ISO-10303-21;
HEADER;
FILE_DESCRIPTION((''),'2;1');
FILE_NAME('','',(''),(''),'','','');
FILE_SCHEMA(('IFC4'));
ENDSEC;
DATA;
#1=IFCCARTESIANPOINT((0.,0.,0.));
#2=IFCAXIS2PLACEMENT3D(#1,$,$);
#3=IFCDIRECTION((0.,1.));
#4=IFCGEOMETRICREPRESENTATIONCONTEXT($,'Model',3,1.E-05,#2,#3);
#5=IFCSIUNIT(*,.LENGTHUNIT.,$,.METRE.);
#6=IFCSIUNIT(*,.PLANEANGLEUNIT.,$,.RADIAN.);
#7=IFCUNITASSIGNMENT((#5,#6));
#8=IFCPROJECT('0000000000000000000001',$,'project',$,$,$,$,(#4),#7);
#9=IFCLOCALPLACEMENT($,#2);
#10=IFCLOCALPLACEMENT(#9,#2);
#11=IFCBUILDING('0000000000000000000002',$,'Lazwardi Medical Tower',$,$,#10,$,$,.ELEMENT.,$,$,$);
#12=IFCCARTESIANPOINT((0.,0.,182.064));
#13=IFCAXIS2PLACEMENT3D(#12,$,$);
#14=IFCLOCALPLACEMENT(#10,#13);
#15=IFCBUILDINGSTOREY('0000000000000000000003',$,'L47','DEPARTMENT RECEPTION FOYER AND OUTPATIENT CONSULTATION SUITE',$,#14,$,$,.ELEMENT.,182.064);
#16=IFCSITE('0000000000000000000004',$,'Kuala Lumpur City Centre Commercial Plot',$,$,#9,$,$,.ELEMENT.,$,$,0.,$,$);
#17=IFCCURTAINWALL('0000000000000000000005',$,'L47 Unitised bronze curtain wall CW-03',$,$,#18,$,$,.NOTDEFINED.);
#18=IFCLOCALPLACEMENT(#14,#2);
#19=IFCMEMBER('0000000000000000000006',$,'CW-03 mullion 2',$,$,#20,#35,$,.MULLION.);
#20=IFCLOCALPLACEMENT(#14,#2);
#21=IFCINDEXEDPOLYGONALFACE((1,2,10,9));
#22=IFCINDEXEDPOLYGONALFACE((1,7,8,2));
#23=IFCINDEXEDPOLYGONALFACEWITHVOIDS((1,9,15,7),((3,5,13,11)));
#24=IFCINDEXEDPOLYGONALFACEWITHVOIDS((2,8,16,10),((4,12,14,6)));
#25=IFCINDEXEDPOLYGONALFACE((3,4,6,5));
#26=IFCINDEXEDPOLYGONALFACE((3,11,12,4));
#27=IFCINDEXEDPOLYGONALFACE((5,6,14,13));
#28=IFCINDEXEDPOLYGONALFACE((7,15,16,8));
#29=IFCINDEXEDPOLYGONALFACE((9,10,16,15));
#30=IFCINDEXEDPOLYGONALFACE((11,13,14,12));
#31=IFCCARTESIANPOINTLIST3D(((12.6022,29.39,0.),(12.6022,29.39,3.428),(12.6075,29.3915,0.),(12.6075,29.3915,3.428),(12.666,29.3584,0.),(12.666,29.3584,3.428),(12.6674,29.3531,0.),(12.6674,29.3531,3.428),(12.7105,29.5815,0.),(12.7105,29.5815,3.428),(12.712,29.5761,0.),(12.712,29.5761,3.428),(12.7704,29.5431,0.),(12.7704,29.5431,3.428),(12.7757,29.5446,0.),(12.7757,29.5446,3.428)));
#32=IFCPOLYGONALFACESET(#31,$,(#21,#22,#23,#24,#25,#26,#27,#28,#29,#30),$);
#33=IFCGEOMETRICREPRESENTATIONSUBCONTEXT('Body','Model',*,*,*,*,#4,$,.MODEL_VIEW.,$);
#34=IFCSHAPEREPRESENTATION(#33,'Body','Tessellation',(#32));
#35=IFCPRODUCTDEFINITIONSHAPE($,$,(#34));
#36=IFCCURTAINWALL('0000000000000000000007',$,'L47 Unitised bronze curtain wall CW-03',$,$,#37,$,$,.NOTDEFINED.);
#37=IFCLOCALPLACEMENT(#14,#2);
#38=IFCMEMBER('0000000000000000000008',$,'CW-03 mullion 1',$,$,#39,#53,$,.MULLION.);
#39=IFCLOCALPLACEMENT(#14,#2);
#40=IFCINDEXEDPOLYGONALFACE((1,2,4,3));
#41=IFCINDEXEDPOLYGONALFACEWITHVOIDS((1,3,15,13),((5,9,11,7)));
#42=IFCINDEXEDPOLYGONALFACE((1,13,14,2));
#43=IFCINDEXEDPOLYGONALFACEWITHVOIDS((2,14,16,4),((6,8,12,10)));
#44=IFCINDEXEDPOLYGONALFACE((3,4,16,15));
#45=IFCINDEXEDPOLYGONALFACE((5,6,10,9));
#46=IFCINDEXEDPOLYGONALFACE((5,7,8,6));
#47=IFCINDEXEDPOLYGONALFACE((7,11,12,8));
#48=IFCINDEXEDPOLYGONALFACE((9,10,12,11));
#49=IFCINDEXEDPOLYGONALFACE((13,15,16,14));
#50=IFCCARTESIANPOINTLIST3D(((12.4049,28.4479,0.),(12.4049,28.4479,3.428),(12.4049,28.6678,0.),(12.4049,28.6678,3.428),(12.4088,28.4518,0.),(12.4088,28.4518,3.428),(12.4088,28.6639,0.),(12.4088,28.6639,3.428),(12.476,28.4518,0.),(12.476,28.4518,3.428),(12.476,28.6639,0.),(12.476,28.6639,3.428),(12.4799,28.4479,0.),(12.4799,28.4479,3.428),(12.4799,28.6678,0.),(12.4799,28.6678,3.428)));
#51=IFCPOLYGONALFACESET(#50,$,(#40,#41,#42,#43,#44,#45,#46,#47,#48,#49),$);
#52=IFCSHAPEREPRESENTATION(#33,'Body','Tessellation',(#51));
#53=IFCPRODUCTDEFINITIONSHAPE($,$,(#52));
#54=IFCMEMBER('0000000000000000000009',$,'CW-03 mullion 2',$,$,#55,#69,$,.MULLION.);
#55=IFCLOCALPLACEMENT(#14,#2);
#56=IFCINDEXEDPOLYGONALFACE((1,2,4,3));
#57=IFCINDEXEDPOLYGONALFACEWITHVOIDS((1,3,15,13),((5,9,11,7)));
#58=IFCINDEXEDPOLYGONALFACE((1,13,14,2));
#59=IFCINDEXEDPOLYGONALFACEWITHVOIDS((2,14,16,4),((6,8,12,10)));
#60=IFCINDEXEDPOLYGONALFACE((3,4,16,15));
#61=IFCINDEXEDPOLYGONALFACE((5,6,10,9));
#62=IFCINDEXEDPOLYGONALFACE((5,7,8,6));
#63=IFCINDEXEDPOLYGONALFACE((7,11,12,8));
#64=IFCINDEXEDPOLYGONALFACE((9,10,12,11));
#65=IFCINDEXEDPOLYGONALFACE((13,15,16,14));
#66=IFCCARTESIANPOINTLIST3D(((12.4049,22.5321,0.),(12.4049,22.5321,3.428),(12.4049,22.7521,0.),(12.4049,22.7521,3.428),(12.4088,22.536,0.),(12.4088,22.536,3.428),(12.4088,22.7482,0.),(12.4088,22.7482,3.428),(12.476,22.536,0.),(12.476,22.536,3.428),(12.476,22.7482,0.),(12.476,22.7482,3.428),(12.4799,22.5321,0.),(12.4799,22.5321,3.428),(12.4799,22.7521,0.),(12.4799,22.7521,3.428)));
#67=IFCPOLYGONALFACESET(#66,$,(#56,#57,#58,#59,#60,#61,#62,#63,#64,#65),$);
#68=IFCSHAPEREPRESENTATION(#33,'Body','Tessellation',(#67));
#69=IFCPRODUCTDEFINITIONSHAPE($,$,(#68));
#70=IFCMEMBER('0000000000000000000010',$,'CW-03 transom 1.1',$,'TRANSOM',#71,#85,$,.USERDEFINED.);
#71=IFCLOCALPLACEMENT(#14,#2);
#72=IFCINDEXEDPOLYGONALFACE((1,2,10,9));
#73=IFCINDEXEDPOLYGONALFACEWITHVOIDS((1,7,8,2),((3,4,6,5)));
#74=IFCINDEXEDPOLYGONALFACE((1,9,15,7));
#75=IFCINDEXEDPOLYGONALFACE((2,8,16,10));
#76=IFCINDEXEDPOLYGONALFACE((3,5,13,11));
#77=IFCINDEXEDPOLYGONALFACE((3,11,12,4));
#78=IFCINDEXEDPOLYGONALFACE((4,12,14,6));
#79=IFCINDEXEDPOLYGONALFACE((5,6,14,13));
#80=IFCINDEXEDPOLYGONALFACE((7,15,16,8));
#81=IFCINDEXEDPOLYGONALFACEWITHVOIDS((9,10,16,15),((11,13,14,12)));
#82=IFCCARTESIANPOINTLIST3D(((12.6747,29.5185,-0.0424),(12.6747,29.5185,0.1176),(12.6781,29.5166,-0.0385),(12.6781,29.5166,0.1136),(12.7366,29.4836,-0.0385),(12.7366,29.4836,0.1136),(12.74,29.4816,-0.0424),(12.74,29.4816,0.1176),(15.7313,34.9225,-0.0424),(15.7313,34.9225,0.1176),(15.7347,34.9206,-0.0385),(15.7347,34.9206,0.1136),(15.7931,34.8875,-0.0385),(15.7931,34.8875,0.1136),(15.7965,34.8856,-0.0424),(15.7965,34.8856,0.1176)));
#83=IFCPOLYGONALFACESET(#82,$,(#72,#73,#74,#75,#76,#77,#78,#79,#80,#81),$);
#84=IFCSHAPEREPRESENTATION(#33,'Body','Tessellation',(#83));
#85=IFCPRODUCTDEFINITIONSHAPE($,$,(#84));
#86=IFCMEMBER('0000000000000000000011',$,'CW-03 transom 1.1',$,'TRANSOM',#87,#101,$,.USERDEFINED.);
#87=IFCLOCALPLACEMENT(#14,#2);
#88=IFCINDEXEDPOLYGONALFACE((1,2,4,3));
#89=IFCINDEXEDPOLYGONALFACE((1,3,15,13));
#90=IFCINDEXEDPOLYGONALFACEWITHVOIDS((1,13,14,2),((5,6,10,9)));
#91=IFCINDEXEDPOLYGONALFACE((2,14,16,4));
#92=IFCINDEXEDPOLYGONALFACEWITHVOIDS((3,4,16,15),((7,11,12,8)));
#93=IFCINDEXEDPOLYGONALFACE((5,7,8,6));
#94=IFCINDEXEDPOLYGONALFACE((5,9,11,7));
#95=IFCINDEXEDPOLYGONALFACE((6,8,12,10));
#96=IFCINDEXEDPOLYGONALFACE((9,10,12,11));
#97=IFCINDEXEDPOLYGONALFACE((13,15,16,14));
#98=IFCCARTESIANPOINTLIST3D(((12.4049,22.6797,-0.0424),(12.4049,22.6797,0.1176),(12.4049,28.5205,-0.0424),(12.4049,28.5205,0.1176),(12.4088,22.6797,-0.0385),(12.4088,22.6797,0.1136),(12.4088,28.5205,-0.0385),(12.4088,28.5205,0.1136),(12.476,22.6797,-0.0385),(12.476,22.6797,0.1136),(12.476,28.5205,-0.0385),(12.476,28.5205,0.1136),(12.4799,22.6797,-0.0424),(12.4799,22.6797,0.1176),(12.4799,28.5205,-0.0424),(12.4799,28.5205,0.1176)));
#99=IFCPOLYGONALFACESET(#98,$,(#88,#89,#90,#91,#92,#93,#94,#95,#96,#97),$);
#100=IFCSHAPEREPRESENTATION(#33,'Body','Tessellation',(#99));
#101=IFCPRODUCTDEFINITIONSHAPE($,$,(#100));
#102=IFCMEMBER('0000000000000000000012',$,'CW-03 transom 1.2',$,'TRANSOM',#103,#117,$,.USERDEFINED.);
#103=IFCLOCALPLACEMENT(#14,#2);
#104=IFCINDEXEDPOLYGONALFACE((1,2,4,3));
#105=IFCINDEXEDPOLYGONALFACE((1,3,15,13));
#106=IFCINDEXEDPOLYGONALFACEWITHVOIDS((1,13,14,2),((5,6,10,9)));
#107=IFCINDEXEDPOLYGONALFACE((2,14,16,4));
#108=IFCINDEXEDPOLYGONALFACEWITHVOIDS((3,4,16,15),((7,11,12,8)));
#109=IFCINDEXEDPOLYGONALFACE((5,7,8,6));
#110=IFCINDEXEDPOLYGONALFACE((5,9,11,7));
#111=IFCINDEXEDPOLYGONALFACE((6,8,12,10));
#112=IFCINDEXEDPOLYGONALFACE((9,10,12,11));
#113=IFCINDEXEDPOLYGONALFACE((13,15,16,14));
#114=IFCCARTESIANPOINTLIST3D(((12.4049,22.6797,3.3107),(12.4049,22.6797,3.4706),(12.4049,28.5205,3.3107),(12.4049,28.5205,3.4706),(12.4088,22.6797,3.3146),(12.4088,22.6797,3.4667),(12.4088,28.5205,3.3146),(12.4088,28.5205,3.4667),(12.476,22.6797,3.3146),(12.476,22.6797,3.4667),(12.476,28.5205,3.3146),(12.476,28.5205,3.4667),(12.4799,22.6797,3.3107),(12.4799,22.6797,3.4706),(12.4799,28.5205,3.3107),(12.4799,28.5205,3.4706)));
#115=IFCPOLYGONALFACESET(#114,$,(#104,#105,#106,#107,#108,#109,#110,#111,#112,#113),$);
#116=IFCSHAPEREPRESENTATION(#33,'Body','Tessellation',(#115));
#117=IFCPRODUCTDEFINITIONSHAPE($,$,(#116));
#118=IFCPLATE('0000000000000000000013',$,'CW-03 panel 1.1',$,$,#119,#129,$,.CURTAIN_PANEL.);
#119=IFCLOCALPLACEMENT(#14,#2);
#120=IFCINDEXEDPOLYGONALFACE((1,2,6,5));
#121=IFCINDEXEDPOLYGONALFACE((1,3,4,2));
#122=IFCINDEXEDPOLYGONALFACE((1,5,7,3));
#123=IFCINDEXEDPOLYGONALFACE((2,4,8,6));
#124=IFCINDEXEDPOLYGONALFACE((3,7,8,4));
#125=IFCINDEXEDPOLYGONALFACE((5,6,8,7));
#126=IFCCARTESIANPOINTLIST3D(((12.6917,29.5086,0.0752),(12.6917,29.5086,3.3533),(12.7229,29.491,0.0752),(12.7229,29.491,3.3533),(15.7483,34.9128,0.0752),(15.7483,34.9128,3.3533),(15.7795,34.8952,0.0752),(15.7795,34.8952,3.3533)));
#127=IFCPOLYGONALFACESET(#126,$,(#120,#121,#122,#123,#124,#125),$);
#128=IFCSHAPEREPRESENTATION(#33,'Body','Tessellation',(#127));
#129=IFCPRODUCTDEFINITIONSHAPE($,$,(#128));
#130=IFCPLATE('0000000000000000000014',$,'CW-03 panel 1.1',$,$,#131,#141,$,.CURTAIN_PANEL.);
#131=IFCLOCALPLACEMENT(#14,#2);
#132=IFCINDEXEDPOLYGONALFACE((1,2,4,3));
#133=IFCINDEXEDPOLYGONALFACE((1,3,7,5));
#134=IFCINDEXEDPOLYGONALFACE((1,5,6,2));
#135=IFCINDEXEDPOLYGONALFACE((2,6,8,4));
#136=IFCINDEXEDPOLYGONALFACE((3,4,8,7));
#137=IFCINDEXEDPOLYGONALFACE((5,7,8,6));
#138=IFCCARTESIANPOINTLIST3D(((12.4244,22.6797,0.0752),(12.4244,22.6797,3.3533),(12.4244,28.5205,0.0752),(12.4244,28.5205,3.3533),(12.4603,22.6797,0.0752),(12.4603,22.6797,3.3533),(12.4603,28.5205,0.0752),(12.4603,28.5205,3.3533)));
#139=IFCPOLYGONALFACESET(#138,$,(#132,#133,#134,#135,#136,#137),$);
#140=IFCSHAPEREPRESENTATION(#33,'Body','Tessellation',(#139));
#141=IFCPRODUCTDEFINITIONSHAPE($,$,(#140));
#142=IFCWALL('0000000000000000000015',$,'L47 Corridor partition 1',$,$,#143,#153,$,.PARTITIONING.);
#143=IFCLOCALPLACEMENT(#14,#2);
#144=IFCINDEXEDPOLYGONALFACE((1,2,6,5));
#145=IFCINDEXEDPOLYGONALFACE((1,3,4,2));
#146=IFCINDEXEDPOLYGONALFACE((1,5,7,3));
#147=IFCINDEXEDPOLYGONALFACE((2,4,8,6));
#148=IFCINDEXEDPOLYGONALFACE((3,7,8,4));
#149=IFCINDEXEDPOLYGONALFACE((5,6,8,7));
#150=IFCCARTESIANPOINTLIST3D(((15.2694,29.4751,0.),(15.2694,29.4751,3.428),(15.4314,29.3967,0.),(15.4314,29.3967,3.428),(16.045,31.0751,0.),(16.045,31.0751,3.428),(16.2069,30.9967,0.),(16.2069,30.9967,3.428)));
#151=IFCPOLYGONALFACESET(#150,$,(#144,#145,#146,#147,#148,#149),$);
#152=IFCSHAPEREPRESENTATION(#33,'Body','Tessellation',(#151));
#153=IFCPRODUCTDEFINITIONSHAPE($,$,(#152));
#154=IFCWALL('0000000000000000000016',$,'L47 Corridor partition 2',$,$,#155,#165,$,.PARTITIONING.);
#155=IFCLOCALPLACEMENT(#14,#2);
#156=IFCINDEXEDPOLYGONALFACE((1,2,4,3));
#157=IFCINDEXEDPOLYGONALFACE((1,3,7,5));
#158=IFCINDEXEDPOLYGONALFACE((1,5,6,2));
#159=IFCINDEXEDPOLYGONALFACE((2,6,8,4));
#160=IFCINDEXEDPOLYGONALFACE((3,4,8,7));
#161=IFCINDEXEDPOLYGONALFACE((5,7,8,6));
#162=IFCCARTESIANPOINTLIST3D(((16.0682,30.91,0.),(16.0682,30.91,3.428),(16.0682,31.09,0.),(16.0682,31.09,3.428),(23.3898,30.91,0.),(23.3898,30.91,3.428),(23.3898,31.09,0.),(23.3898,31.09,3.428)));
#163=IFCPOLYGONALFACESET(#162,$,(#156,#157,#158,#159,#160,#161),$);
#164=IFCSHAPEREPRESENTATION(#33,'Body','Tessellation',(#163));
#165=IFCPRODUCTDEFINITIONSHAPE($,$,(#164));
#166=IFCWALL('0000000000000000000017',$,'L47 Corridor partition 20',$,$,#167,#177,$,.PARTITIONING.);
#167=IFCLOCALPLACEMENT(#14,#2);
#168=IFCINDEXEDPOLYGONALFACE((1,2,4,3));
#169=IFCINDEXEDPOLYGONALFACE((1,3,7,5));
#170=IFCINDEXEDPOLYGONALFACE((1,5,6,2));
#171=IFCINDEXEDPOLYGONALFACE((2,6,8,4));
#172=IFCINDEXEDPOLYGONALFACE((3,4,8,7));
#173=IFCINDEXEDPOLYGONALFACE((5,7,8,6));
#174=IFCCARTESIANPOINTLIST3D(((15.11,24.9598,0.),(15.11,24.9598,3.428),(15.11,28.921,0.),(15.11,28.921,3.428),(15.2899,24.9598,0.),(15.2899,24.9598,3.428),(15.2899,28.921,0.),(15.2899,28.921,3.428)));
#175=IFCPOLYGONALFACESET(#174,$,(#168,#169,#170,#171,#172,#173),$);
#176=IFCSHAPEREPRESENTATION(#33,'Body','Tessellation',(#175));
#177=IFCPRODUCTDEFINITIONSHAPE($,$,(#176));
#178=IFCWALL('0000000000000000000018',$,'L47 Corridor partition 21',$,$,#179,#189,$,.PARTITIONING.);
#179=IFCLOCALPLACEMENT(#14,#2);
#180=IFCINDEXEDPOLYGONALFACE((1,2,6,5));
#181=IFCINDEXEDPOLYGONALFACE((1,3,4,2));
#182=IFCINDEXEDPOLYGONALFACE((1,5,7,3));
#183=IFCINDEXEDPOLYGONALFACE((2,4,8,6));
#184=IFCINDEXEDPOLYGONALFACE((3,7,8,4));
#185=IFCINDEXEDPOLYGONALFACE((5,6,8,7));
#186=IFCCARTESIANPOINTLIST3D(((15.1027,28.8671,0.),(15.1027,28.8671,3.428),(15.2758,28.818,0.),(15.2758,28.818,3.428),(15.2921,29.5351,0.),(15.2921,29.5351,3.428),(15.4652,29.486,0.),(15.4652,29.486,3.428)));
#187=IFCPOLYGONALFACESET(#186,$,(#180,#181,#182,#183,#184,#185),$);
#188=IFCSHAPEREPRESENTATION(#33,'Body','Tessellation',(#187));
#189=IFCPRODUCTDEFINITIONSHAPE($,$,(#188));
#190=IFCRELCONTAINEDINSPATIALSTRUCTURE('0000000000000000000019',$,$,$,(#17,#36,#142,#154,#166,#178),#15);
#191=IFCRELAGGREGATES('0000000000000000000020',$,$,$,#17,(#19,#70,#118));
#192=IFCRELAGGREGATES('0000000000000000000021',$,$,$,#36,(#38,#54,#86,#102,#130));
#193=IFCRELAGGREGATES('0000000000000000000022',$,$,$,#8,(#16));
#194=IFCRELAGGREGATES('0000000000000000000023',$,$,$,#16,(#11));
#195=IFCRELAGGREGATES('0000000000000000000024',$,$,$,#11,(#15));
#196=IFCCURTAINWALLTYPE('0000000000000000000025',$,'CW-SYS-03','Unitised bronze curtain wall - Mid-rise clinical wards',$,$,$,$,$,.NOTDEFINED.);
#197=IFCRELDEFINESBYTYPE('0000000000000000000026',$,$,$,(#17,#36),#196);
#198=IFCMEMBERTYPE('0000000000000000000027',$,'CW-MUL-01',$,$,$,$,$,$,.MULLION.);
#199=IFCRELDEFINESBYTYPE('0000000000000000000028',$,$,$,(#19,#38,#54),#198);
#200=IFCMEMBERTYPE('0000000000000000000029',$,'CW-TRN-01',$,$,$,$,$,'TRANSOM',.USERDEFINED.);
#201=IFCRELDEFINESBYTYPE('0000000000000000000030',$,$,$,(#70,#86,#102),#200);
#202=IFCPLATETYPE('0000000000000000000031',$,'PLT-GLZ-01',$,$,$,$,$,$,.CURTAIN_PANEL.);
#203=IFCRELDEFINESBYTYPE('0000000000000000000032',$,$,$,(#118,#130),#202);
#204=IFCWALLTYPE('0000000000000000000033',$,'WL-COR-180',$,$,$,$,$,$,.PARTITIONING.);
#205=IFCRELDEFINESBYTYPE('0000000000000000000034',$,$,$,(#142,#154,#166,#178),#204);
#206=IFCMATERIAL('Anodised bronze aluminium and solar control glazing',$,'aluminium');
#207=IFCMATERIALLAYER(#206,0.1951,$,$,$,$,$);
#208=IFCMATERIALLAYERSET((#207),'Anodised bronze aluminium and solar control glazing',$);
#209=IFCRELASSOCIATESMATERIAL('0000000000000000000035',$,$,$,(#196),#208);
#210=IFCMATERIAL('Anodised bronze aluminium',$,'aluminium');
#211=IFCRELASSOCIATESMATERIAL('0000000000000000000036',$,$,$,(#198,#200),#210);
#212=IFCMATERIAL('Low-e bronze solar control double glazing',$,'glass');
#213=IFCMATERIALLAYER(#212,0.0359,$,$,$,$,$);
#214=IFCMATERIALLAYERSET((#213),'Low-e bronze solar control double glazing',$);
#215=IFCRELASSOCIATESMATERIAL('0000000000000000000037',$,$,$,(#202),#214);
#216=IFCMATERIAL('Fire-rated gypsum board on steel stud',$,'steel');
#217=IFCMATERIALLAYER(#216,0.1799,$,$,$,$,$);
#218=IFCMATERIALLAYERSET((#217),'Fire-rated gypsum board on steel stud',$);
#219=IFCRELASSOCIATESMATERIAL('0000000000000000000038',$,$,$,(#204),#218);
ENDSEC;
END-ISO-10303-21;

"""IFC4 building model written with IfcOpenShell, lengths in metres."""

from ifc_helpers import new_model, si_unit, direction, frame, frame_2d, origin, origin_2d, place, context, subcontext, project, spatial, rectangle, hollow_rectangle, extrude, material, layer, layer_set, material_profile, profile_set, type_object, element, aggregate, save


model = new_model("IFC4")

# Units and contexts
model_context = context("Model", 3, precision=1e-05, world=origin(), true_north=direction((0.0, 1.0)))
body_context = subcontext(model_context, "Body", "Model", "MODEL_VIEW")
ifc_project = project(units=[si_unit("LENGTHUNIT", "METRE"), si_unit("PLANEANGLEUNIT", "RADIAN")], contexts=[model_context])

# Site, building, storey
site_placement = place(None, origin())
site = spatial("IfcSite", under=ifc_project, at=site_placement, Name="Kuala Lumpur City Centre Commercial Plot", CompositionType="ELEMENT", RefElevation=0.0)
building_placement = place(site_placement, origin())
building = spatial("IfcBuilding", under=site, at=building_placement, Name="Lazwardi Medical Tower", CompositionType="ELEMENT")
storey_placement = place(building_placement, frame((0.0, 0.0, 182.064)))
storey = spatial("IfcBuildingStorey", under=building, at=storey_placement, Name="L47", Description="DEPARTMENT RECEPTION FOYER AND OUTPATIENT CONSULTATION SUITE", CompositionType="ELEMENT", Elevation=182.064)

# Curtain wall, member
ifc_material_1 = material(Name="Anodised bronze aluminium and solar control glazing", Category="aluminium")
ifc_layer_1 = layer(ifc_material_1, 0.1951)
ifc_layer_set_1 = layer_set([ifc_layer_1], Name="Anodised bronze aluminium and solar control glazing")
curtain_wall_type = type_object("IfcCurtainWallType", Name="CW-SYS-03", Description="Unitised bronze curtain wall - Mid-rise clinical wards", PredefinedType="NOTDEFINED", material=ifc_layer_set_1)
curtain_wall_1_placement = place(storey_placement, origin())
curtain_wall_1 = element("IfcCurtainWall", 1, at=curtain_wall_1_placement, inside=storey, type_object=curtain_wall_type, Name="L47 Unitised bronze curtain wall CW-03", PredefinedType="NOTDEFINED")
ifc_material_2 = material(Name="Anodised bronze aluminium", Category="aluminium")
ifc_material_profile_1 = material_profile(ifc_material_2, hollow_rectangle(XDim=0.075, YDim=0.22, WallThickness=0.0039, at=origin_2d()), Name="ALU-MULLION 220x75x4")
ifc_profile_set_1 = profile_set([ifc_material_profile_1], Name="Anodised bronze aluminium")
member_type_1 = type_object("IfcMemberType", Name="CW-MUL-01", PredefinedType="MULLION", material=ifc_profile_set_1)
member_1_placement = place(storey_placement, frame((12.689, 29.4673, 0.0), z_axis=(0.0, 0.0, 1.0), x_axis=(0.870419, -0.492312, 0.0)))
member_1 = element("IfcMember", 2, at=member_1_placement, type_object=member_type_1, Name="CW-03 mullion 2", PredefinedType="MULLION", context=body_context, shape_type="SweptSolid", body=[
    extrude(hollow_rectangle(XDim=0.075, YDim=0.22, WallThickness=0.0039, at=origin_2d()), origin(), (0.0, 0.0, 1.0), 3.428),
])

# Curtain wall, members
curtain_wall_2_placement = place(storey_placement, origin())
curtain_wall_2 = element("IfcCurtainWall", 3, at=curtain_wall_2_placement, inside=storey, type_object=curtain_wall_type, Name="L47 Unitised bronze curtain wall CW-03", PredefinedType="NOTDEFINED")
member_2_placement = place(storey_placement, frame((12.4424, 28.5579, 0.0), z_axis=(0.0, 0.0, 1.0), x_axis=(1.0, 0.0, 0.0)))
member_2 = element("IfcMember", 4, at=member_2_placement, type_object=member_type_1, Name="CW-03 mullion 1", PredefinedType="MULLION", context=body_context, shape_type="SweptSolid", body=[
    extrude(hollow_rectangle(XDim=0.075, YDim=0.22, WallThickness=0.0039, at=origin_2d()), origin(), (0.0, 0.0, 1.0), 3.428),
])
member_3_placement = place(storey_placement, frame((12.4424, 22.6421, 0.0), z_axis=(0.0, 0.0, 1.0), x_axis=(1.0, 0.0, 0.0)))
member_3 = element("IfcMember", 5, at=member_3_placement, type_object=member_type_1, Name="CW-03 mullion 2", PredefinedType="MULLION", context=body_context, shape_type="SweptSolid", body=[
    extrude(hollow_rectangle(XDim=0.075, YDim=0.22, WallThickness=0.0039, at=origin_2d()), origin(), (0.0, 0.0, 1.0), 3.428),
])

# Members
ifc_material_profile_2 = material_profile(ifc_material_2, hollow_rectangle(XDim=0.075, YDim=0.1599, WallThickness=0.0039, at=origin_2d()), Name="ALU-TRANSOM 160x75x4")
ifc_profile_set_2 = profile_set([ifc_material_profile_2], Name="Anodised bronze aluminium")
member_type_2 = type_object("IfcMemberType", Name="CW-TRN-01", ElementType="TRANSOM", PredefinedType="USERDEFINED", material=ifc_profile_set_2)
member_4_placement = place(storey_placement, frame((15.7639, 34.9041, 0.0376), z_axis=(-0.492323, -0.870413, 0.0), x_axis=(0.870413, -0.492323, 0.0)))
member_4 = element("IfcMember", 6, at=member_4_placement, type_object=member_type_2, Name="CW-03 transom 1.1", ObjectType="TRANSOM", PredefinedType="USERDEFINED", context=body_context, shape_type="SweptSolid", body=[
    extrude(hollow_rectangle(XDim=0.075, YDim=0.1599, WallThickness=0.0039, at=origin_2d()), origin(), (0.0, 0.0, 1.0), 6.2085),
])
member_5_placement = place(storey_placement, frame((12.4424, 28.5205, 0.0376), z_axis=(0.0, -1.0, 0.0), x_axis=(1.0, 0.0, 0.0)))
member_5 = element("IfcMember", 7, at=member_5_placement, type_object=member_type_2, Name="CW-03 transom 1.1", ObjectType="TRANSOM", PredefinedType="USERDEFINED", context=body_context, shape_type="SweptSolid", body=[
    extrude(hollow_rectangle(XDim=0.075, YDim=0.1599, WallThickness=0.0039, at=origin_2d()), origin(), (0.0, 0.0, 1.0), 5.8408),
])
member_6_placement = place(storey_placement, frame((12.4424, 28.5205, 3.3906), z_axis=(0.0, -1.0, 0.0), x_axis=(1.0, 0.0, 0.0)))
member_6 = element("IfcMember", 8, at=member_6_placement, type_object=member_type_2, Name="CW-03 transom 1.2", ObjectType="TRANSOM", PredefinedType="USERDEFINED", context=body_context, shape_type="SweptSolid", body=[
    extrude(hollow_rectangle(XDim=0.075, YDim=0.1599, WallThickness=0.0039, at=origin_2d()), origin(), (0.0, 0.0, 1.0), 5.8408),
])

# Plates
ifc_material_3 = material(Name="Low-e bronze solar control double glazing", Category="glass")
ifc_layer_2 = layer(ifc_material_3, 0.0359)
ifc_layer_set_2 = layer_set([ifc_layer_2], Name="Low-e bronze solar control double glazing")
plate_type = type_object("IfcPlateType", Name="PLT-GLZ-01", PredefinedType="CURTAIN_PANEL", material=ifc_layer_set_2)
plate_1_placement = place(storey_placement, frame((14.2356, 32.2019, 0.0752), z_axis=(0.0, 0.0, 1.0), x_axis=(-0.492312, -0.870419, 0.0)))
plate_1 = element("IfcPlate", 9, at=plate_1_placement, type_object=plate_type, Name="CW-03 panel 1.1", PredefinedType="CURTAIN_PANEL", context=body_context, shape_type="SweptSolid", body=[
    extrude(rectangle(XDim=6.2087, YDim=0.0359, at=origin_2d()), origin(), (0.0, 0.0, 1.0), 3.2781),
])
aggregate(curtain_wall_1, [member_1, member_4, plate_1])
plate_2_placement = place(storey_placement, frame((12.4424, 25.6001, 0.0752), z_axis=(0.0, 0.0, 1.0), x_axis=(0.0, -1.0, 0.0)))
plate_2 = element("IfcPlate", 10, at=plate_2_placement, type_object=plate_type, Name="CW-03 panel 1.1", PredefinedType="CURTAIN_PANEL", context=body_context, shape_type="SweptSolid", body=[
    extrude(rectangle(XDim=5.8408, YDim=0.0359, at=origin_2d()), origin(), (0.0, 0.0, 1.0), 3.2781),
])
aggregate(curtain_wall_2, [member_2, member_3, member_5, member_6, plate_2])

# Walls
ifc_material_4 = material(Name="Fire-rated gypsum board on steel stud", Category="steel")
ifc_layer_3 = layer(ifc_material_4, 0.1799)
ifc_layer_set_3 = layer_set([ifc_layer_3], Name="Fire-rated gypsum board on steel stud")
wall_type_1 = type_object("IfcWallType", Name="WL-COR-180", PredefinedType="PARTITIONING", material=ifc_layer_set_3)
wall_1_placement = place(storey_placement, frame((15.3503, 29.4358, 0.0), z_axis=(0.0, 0.0, 1.0), x_axis=(0.436196, 0.899852, 0.0)))
element("IfcWall", 11, at=wall_1_placement, inside=storey, type_object=wall_type_1, Name="L47 Corridor partition 1", PredefinedType="PARTITIONING", context=body_context, shape_type="SweptSolid", body=[
    extrude(rectangle(XDim=1.7781, YDim=0.1799, at=frame_2d((0.8892, 0.0))), origin(), (0.0, 0.0, 1.0), 3.428),
])
wall_2_placement = place(storey_placement, frame((16.0684, 31.0, 0.0), z_axis=(0.0, 0.0, 1.0), x_axis=(1.0, 0.0, 0.0)))
element("IfcWall", 12, at=wall_2_placement, inside=storey, type_object=wall_type_1, Name="L47 Corridor partition 2", PredefinedType="PARTITIONING", context=body_context, shape_type="SweptSolid", body=[
    extrude(rectangle(XDim=7.3215, YDim=0.1799, at=frame_2d((3.6606, 0.0))), origin(), (0.0, 0.0, 1.0), 3.428),
])
wall_3_placement = place(storey_placement, frame((15.2, 24.96, 0.0), z_axis=(0.0, 0.0, 1.0), x_axis=(0.0, 1.0, 0.0)))
element("IfcWall", 13, at=wall_3_placement, inside=storey, type_object=wall_type_1, Name="L47 Corridor partition 20", PredefinedType="PARTITIONING", context=body_context, shape_type="SweptSolid", body=[
    extrude(rectangle(XDim=3.9612, YDim=0.1799, at=frame_2d((1.9805, 0.0))), origin(), (0.0, 0.0, 1.0), 3.428),
])
wall_4_placement = place(storey_placement, frame((15.1892, 28.8425, 0.0), z_axis=(0.0, 0.0, 1.0), x_axis=(0.272863, 0.962053, 0.0)))
element("IfcWall", 14, at=wall_4_placement, inside=storey, type_object=wall_type_1, Name="L47 Corridor partition 21", PredefinedType="PARTITIONING", context=body_context, shape_type="SweptSolid", body=[
    extrude(rectangle(XDim=0.6943, YDim=0.1799, at=frame_2d((0.3472, 0.0))), origin(), (0.0, 0.0, 1.0), 3.428),
])

save(model, "model.ifc")
